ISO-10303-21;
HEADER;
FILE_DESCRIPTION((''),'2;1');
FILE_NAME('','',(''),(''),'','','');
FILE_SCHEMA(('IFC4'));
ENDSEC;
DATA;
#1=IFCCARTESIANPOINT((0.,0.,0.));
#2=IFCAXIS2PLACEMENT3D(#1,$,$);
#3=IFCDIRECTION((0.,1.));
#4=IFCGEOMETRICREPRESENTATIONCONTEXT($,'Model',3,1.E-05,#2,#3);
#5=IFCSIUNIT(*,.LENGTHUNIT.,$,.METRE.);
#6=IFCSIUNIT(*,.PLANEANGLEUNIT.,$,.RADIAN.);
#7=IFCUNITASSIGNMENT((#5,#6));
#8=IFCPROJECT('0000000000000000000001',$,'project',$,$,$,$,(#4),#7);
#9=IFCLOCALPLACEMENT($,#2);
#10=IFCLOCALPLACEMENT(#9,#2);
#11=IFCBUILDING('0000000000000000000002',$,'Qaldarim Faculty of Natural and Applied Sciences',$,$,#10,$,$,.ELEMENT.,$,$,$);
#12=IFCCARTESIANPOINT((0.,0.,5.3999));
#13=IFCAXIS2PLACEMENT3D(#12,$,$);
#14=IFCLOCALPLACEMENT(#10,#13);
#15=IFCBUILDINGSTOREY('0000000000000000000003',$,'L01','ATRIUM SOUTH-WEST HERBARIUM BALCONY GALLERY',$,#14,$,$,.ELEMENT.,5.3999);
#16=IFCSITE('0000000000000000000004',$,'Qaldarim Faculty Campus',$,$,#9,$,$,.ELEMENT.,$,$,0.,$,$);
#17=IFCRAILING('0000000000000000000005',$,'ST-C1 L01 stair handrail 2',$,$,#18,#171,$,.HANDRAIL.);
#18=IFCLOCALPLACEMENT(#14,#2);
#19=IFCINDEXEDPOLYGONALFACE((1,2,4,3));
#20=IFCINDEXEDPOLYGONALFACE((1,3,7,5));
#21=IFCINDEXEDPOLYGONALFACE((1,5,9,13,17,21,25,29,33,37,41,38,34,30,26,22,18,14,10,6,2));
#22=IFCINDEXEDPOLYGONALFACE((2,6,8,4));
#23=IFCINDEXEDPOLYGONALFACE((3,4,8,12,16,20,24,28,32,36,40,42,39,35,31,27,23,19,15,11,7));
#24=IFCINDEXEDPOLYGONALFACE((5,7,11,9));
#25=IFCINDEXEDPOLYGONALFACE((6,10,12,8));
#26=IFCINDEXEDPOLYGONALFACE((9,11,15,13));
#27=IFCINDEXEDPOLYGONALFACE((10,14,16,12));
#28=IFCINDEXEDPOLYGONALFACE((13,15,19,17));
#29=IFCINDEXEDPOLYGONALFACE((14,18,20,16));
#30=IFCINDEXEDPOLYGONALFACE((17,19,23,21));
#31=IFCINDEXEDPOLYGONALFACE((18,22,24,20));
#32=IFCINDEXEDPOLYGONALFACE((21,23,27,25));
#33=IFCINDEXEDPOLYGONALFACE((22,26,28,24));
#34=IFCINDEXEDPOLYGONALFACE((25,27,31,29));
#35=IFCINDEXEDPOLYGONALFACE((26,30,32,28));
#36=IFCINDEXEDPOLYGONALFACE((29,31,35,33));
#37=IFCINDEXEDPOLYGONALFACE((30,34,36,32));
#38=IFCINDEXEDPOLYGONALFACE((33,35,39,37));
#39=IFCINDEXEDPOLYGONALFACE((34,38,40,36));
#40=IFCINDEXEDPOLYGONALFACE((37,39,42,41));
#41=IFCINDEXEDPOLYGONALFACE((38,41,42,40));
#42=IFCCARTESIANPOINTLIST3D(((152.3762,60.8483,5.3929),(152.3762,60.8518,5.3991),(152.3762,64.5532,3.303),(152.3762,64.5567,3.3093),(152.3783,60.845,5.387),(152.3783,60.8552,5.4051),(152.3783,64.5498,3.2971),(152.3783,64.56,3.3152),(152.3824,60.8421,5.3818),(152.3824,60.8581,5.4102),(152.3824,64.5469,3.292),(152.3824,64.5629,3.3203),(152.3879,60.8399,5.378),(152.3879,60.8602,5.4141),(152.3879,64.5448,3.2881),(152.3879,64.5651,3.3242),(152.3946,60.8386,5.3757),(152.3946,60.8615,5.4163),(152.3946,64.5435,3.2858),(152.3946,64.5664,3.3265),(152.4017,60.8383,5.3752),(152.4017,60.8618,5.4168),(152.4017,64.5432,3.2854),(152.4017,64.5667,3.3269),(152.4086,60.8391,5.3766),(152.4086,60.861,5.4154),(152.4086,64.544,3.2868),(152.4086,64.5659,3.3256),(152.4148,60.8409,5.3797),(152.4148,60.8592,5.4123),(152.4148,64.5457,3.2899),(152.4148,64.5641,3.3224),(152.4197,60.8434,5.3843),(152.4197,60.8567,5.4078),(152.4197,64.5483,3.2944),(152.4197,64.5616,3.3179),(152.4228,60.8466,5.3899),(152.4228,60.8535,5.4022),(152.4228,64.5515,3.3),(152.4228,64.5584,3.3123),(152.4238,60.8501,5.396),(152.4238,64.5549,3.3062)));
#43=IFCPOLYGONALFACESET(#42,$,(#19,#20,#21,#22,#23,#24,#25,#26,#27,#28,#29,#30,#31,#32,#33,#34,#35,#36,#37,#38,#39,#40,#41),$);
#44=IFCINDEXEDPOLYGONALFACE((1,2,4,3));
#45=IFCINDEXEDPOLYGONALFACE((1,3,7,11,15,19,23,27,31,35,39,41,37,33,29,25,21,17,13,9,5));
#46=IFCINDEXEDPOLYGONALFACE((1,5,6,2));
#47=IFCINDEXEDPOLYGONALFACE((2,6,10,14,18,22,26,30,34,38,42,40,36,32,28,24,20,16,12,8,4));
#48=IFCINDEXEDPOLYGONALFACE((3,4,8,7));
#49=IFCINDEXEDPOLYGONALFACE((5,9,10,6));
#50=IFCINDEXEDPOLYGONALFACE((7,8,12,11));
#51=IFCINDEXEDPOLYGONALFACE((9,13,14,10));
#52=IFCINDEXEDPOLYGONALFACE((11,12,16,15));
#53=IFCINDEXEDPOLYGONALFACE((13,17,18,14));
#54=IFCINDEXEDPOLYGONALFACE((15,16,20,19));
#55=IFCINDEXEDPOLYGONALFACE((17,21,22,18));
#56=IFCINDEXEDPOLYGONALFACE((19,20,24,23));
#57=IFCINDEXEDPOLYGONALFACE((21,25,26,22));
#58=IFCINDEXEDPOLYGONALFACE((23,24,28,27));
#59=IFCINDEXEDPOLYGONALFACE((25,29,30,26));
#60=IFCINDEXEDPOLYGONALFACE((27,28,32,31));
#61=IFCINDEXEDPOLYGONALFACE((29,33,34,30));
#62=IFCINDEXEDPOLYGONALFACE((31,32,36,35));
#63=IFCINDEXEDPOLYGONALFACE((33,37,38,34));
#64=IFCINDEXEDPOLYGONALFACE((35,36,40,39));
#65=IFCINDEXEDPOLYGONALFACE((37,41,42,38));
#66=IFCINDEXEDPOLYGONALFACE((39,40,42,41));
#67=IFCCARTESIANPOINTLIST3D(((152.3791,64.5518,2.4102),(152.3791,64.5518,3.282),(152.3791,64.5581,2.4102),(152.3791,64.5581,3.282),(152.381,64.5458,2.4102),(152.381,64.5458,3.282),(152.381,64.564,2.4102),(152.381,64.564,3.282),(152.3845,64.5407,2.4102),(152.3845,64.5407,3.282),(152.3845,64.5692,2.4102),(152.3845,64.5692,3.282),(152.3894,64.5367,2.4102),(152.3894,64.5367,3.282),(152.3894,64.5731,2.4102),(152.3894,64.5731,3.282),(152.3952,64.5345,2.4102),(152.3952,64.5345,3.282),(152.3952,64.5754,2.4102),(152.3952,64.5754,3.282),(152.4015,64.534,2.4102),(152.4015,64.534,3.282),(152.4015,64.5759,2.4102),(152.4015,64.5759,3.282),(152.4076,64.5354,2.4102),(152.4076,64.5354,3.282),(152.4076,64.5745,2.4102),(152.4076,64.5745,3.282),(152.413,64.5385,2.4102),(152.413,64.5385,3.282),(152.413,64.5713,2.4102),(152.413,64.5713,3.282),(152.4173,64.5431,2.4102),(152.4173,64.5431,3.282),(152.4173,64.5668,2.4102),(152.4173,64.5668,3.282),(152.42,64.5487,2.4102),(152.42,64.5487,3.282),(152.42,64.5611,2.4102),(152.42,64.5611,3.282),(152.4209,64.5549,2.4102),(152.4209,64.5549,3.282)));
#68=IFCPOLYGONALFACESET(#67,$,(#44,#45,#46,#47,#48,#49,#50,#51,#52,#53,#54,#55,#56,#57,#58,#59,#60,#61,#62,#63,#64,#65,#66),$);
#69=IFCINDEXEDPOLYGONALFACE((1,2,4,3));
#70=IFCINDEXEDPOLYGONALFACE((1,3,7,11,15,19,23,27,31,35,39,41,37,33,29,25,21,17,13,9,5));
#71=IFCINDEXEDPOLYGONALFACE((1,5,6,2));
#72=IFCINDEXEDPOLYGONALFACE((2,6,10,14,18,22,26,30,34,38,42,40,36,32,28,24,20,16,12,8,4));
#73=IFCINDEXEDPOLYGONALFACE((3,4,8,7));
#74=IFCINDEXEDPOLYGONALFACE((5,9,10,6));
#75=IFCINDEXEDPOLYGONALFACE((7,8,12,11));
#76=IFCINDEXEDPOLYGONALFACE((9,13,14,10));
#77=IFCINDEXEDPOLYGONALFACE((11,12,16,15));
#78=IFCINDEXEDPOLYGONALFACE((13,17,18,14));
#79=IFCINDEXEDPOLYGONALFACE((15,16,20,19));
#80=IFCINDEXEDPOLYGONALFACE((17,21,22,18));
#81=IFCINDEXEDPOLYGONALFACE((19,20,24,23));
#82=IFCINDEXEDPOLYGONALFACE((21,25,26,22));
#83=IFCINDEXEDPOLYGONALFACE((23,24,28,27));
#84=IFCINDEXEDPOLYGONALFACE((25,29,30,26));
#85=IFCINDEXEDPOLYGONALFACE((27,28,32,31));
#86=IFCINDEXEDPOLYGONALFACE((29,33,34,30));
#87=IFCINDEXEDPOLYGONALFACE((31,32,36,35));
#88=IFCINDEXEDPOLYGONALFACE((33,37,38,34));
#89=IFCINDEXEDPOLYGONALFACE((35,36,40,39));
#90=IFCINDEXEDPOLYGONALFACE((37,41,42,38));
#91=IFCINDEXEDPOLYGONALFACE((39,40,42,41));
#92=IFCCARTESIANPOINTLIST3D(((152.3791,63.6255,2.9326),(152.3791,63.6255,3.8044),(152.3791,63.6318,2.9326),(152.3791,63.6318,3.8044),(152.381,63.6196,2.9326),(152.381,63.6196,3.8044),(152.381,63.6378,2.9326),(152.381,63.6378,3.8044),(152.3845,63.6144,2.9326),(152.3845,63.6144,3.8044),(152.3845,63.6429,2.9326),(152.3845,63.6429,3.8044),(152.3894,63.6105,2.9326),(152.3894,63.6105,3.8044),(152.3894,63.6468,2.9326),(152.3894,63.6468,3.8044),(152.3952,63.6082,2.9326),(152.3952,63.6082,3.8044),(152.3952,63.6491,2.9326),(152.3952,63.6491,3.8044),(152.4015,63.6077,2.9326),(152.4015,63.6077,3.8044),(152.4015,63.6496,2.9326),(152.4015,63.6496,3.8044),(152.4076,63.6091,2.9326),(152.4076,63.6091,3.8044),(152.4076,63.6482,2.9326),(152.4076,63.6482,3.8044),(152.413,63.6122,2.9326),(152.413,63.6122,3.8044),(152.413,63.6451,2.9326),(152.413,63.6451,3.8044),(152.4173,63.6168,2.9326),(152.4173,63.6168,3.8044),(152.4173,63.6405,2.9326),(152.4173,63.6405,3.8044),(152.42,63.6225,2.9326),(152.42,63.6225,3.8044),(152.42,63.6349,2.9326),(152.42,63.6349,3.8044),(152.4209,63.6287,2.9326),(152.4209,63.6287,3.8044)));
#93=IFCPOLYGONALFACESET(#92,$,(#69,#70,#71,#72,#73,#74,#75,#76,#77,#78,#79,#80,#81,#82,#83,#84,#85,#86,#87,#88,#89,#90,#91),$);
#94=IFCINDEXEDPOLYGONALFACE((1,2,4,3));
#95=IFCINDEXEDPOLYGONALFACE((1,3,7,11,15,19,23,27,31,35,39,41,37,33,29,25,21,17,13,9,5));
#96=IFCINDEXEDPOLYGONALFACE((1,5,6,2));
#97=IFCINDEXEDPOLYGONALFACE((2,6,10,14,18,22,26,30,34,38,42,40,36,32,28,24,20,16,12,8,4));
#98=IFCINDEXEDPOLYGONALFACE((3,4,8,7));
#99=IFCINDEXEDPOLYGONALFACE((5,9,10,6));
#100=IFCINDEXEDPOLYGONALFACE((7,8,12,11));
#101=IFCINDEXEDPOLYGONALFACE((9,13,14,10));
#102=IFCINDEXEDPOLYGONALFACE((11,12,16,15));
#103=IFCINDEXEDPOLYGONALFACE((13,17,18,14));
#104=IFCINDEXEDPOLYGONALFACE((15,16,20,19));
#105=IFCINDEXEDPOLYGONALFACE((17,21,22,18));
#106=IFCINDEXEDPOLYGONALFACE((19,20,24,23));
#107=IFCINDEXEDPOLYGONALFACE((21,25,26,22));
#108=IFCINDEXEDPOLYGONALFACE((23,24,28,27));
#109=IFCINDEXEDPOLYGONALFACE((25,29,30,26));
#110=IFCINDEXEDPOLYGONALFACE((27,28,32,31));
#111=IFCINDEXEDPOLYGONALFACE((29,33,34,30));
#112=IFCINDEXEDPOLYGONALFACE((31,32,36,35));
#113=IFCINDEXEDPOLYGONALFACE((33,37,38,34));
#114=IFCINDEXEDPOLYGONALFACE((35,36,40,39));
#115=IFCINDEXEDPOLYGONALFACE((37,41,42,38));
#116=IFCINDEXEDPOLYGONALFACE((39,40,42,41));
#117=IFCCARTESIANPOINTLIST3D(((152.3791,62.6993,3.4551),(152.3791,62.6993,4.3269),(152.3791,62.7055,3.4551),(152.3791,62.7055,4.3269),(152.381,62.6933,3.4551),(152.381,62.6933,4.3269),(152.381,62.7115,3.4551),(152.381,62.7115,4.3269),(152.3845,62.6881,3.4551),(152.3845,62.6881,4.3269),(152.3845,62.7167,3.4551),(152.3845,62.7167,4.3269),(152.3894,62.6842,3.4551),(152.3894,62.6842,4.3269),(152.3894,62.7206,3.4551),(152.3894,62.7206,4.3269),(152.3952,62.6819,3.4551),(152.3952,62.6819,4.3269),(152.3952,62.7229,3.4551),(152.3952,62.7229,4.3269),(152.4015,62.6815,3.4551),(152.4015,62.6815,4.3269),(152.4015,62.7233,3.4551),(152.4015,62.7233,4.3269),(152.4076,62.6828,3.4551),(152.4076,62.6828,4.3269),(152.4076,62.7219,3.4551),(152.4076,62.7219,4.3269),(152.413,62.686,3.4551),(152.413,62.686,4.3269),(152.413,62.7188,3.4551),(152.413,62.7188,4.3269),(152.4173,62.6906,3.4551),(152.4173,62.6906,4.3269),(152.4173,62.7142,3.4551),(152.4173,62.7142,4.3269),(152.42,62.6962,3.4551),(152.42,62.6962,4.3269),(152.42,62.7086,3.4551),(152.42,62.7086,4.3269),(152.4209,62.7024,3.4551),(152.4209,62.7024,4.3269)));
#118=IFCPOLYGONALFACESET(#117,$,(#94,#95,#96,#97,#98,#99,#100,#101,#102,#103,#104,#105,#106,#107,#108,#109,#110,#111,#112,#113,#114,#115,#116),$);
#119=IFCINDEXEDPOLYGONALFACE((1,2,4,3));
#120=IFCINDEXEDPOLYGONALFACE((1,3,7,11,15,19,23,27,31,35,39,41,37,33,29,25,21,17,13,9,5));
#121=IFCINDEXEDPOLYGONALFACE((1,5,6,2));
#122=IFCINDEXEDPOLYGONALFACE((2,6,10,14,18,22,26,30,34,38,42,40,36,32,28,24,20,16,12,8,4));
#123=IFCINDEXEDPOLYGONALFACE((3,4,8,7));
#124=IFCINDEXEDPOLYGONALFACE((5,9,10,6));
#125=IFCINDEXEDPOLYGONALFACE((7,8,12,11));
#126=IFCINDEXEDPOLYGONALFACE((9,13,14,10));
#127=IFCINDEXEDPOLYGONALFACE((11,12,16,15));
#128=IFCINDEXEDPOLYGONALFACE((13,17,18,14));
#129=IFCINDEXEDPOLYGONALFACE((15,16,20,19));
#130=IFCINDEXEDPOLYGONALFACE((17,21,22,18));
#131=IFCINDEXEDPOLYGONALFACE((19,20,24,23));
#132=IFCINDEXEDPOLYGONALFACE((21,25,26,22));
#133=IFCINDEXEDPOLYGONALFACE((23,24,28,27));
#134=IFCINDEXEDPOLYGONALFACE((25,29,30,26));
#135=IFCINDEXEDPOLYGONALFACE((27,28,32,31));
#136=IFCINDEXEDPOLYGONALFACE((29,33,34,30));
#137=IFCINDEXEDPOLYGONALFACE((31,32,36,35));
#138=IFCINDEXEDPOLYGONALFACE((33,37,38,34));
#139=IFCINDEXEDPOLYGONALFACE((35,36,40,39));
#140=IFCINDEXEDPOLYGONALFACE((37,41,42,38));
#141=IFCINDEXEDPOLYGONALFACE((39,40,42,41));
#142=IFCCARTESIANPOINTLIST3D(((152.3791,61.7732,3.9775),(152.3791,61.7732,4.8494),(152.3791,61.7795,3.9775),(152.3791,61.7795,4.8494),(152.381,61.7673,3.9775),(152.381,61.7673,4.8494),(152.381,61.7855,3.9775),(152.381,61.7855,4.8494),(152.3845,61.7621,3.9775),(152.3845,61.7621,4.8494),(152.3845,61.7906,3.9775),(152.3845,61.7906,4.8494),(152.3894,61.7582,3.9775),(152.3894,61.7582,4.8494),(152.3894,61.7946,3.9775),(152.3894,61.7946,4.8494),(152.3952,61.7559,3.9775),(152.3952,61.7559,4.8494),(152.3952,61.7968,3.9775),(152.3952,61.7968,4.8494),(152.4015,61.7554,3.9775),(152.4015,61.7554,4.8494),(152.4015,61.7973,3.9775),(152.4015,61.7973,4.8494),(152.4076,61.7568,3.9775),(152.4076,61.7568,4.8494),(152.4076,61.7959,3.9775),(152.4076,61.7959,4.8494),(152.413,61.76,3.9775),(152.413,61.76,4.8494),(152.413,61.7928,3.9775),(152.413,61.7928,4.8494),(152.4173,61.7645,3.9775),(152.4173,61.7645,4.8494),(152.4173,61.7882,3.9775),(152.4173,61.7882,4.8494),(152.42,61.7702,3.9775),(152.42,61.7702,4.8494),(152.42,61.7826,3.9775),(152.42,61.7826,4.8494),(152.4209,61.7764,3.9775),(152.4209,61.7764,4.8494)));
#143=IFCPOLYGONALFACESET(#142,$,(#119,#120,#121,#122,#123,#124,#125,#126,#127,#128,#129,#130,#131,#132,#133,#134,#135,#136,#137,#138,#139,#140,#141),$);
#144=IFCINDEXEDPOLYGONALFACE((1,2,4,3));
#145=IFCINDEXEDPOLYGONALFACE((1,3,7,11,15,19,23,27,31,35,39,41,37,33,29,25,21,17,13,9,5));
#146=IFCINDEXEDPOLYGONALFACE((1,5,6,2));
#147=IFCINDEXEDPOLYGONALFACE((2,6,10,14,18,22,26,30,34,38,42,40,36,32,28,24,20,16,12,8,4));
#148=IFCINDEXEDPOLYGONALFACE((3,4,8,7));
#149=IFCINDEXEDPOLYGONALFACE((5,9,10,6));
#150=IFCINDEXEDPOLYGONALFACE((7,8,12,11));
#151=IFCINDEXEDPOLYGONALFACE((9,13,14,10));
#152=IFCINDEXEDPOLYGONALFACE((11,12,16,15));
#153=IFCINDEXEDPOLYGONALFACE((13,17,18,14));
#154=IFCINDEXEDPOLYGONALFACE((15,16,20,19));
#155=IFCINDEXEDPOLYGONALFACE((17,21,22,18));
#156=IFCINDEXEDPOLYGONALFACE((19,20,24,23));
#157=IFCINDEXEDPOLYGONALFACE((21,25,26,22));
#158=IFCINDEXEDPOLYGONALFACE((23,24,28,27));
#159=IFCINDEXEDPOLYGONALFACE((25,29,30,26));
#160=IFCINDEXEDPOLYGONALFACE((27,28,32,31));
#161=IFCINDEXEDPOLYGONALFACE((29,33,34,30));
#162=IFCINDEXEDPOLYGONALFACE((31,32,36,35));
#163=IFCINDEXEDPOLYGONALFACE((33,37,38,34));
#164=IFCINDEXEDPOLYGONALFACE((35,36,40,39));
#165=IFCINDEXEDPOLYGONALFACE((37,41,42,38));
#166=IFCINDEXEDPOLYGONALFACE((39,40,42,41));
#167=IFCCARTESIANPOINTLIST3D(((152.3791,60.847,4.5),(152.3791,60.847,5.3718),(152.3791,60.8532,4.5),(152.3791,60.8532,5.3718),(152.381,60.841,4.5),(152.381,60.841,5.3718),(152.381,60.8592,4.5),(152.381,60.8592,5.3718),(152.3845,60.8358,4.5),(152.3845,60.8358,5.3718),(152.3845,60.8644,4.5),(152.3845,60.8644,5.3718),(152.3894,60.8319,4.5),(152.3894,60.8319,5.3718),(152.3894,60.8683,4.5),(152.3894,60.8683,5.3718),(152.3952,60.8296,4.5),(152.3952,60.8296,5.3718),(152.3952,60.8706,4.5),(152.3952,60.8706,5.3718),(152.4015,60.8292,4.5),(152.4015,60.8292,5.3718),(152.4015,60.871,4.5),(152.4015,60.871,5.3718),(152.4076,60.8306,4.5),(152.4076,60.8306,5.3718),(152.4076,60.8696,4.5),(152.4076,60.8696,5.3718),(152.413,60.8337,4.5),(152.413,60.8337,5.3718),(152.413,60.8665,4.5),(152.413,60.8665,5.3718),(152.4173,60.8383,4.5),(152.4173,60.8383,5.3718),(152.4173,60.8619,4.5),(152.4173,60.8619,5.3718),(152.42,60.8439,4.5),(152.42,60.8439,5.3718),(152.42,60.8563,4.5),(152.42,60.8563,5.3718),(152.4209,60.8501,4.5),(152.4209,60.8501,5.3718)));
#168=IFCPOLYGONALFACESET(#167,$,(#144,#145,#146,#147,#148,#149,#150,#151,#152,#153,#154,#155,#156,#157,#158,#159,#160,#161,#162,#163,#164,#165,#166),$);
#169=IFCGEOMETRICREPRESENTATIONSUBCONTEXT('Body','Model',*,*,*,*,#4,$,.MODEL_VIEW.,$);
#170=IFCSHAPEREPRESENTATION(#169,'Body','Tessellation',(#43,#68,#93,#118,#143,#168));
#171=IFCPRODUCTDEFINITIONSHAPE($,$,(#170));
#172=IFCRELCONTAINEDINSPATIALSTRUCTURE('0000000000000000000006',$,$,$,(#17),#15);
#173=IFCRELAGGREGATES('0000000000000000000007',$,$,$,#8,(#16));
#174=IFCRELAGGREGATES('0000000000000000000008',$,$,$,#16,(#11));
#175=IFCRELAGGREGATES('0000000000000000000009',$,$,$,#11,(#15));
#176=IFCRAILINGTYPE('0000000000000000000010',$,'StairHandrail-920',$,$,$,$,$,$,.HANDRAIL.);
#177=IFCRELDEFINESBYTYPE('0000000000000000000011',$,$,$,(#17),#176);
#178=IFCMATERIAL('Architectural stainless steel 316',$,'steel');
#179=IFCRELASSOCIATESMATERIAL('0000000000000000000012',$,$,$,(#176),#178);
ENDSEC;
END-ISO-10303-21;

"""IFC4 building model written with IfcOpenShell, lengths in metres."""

from ifc_helpers import new_model, si_unit, direction, frame, origin, origin_2d, place, context, subcontext, project, spatial, circle, extrude, material, type_object, element, save


model = new_model("IFC4")

# Units and contexts
model_context = context("Model", 3, precision=1e-05, world=origin(), true_north=direction((0.0, 1.0)))
body_context = subcontext(model_context, "Body", "Model", "MODEL_VIEW")
ifc_project = project(units=[si_unit("LENGTHUNIT", "METRE"), si_unit("PLANEANGLEUNIT", "RADIAN")], contexts=[model_context])

# Site, building, storey
site_placement = place(None, origin())
site = spatial("IfcSite", under=ifc_project, at=site_placement, Name="Qaldarim Faculty Campus", CompositionType="ELEMENT", RefElevation=0.0)
building_placement = place(site_placement, origin())
building = spatial("IfcBuilding", under=site, at=building_placement, Name="Qaldarim Faculty of Natural and Applied Sciences", CompositionType="ELEMENT")
storey_placement = place(building_placement, frame((0.0, 0.0, 5.3999)))
storey = spatial("IfcBuildingStorey", under=building, at=storey_placement, Name="L01", Description="ATRIUM SOUTH-WEST HERBARIUM BALCONY GALLERY", CompositionType="ELEMENT", Elevation=5.3999)

# Railing
ifc_material_1 = material(Name="Architectural stainless steel 316", Category="steel")
railing_type_1 = type_object("IfcRailingType", Name="StairHandrail-920", PredefinedType="HANDRAIL", material=ifc_material_1)
railing_1_placement = place(storey_placement, frame((152.3999, 64.5549, 2.4102)))
element("IfcRailing", 1, at=railing_1_placement, inside=storey, type_object=railing_type_1, Name="ST-C1 L01 stair handrail 2", PredefinedType="HANDRAIL", context=body_context, shape_type="SweptSolid", body=[
    extrude(circle(Radius=0.0239, at=origin_2d()), frame((0.0, 0.0, 0.896), z_axis=(0.0, -0.870985, 0.49131), x_axis=(1.0, 0.0, 0.0)), (0.0, 0.0, 1.0), 4.2537),
    extrude(circle(Radius=0.021, at=origin_2d()), origin(), (0.0, 0.0, 1.0), 0.8718),
    extrude(circle(Radius=0.021, at=origin_2d()), frame((0.0, -0.9263, 0.5225)), (0.0, 0.0, 1.0), 0.8718),
    extrude(circle(Radius=0.021, at=origin_2d()), frame((0.0, -1.8525, 1.0449)), (0.0, 0.0, 1.0), 0.8718),
    extrude(circle(Radius=0.021, at=origin_2d()), frame((0.0, -2.7786, 1.5674)), (0.0, 0.0, 1.0), 0.8718),
    extrude(circle(Radius=0.021, at=origin_2d()), frame((0.0, -3.7048, 2.0898)), (0.0, 0.0, 1.0), 0.8718),
])

save(model, "model.ifc")
